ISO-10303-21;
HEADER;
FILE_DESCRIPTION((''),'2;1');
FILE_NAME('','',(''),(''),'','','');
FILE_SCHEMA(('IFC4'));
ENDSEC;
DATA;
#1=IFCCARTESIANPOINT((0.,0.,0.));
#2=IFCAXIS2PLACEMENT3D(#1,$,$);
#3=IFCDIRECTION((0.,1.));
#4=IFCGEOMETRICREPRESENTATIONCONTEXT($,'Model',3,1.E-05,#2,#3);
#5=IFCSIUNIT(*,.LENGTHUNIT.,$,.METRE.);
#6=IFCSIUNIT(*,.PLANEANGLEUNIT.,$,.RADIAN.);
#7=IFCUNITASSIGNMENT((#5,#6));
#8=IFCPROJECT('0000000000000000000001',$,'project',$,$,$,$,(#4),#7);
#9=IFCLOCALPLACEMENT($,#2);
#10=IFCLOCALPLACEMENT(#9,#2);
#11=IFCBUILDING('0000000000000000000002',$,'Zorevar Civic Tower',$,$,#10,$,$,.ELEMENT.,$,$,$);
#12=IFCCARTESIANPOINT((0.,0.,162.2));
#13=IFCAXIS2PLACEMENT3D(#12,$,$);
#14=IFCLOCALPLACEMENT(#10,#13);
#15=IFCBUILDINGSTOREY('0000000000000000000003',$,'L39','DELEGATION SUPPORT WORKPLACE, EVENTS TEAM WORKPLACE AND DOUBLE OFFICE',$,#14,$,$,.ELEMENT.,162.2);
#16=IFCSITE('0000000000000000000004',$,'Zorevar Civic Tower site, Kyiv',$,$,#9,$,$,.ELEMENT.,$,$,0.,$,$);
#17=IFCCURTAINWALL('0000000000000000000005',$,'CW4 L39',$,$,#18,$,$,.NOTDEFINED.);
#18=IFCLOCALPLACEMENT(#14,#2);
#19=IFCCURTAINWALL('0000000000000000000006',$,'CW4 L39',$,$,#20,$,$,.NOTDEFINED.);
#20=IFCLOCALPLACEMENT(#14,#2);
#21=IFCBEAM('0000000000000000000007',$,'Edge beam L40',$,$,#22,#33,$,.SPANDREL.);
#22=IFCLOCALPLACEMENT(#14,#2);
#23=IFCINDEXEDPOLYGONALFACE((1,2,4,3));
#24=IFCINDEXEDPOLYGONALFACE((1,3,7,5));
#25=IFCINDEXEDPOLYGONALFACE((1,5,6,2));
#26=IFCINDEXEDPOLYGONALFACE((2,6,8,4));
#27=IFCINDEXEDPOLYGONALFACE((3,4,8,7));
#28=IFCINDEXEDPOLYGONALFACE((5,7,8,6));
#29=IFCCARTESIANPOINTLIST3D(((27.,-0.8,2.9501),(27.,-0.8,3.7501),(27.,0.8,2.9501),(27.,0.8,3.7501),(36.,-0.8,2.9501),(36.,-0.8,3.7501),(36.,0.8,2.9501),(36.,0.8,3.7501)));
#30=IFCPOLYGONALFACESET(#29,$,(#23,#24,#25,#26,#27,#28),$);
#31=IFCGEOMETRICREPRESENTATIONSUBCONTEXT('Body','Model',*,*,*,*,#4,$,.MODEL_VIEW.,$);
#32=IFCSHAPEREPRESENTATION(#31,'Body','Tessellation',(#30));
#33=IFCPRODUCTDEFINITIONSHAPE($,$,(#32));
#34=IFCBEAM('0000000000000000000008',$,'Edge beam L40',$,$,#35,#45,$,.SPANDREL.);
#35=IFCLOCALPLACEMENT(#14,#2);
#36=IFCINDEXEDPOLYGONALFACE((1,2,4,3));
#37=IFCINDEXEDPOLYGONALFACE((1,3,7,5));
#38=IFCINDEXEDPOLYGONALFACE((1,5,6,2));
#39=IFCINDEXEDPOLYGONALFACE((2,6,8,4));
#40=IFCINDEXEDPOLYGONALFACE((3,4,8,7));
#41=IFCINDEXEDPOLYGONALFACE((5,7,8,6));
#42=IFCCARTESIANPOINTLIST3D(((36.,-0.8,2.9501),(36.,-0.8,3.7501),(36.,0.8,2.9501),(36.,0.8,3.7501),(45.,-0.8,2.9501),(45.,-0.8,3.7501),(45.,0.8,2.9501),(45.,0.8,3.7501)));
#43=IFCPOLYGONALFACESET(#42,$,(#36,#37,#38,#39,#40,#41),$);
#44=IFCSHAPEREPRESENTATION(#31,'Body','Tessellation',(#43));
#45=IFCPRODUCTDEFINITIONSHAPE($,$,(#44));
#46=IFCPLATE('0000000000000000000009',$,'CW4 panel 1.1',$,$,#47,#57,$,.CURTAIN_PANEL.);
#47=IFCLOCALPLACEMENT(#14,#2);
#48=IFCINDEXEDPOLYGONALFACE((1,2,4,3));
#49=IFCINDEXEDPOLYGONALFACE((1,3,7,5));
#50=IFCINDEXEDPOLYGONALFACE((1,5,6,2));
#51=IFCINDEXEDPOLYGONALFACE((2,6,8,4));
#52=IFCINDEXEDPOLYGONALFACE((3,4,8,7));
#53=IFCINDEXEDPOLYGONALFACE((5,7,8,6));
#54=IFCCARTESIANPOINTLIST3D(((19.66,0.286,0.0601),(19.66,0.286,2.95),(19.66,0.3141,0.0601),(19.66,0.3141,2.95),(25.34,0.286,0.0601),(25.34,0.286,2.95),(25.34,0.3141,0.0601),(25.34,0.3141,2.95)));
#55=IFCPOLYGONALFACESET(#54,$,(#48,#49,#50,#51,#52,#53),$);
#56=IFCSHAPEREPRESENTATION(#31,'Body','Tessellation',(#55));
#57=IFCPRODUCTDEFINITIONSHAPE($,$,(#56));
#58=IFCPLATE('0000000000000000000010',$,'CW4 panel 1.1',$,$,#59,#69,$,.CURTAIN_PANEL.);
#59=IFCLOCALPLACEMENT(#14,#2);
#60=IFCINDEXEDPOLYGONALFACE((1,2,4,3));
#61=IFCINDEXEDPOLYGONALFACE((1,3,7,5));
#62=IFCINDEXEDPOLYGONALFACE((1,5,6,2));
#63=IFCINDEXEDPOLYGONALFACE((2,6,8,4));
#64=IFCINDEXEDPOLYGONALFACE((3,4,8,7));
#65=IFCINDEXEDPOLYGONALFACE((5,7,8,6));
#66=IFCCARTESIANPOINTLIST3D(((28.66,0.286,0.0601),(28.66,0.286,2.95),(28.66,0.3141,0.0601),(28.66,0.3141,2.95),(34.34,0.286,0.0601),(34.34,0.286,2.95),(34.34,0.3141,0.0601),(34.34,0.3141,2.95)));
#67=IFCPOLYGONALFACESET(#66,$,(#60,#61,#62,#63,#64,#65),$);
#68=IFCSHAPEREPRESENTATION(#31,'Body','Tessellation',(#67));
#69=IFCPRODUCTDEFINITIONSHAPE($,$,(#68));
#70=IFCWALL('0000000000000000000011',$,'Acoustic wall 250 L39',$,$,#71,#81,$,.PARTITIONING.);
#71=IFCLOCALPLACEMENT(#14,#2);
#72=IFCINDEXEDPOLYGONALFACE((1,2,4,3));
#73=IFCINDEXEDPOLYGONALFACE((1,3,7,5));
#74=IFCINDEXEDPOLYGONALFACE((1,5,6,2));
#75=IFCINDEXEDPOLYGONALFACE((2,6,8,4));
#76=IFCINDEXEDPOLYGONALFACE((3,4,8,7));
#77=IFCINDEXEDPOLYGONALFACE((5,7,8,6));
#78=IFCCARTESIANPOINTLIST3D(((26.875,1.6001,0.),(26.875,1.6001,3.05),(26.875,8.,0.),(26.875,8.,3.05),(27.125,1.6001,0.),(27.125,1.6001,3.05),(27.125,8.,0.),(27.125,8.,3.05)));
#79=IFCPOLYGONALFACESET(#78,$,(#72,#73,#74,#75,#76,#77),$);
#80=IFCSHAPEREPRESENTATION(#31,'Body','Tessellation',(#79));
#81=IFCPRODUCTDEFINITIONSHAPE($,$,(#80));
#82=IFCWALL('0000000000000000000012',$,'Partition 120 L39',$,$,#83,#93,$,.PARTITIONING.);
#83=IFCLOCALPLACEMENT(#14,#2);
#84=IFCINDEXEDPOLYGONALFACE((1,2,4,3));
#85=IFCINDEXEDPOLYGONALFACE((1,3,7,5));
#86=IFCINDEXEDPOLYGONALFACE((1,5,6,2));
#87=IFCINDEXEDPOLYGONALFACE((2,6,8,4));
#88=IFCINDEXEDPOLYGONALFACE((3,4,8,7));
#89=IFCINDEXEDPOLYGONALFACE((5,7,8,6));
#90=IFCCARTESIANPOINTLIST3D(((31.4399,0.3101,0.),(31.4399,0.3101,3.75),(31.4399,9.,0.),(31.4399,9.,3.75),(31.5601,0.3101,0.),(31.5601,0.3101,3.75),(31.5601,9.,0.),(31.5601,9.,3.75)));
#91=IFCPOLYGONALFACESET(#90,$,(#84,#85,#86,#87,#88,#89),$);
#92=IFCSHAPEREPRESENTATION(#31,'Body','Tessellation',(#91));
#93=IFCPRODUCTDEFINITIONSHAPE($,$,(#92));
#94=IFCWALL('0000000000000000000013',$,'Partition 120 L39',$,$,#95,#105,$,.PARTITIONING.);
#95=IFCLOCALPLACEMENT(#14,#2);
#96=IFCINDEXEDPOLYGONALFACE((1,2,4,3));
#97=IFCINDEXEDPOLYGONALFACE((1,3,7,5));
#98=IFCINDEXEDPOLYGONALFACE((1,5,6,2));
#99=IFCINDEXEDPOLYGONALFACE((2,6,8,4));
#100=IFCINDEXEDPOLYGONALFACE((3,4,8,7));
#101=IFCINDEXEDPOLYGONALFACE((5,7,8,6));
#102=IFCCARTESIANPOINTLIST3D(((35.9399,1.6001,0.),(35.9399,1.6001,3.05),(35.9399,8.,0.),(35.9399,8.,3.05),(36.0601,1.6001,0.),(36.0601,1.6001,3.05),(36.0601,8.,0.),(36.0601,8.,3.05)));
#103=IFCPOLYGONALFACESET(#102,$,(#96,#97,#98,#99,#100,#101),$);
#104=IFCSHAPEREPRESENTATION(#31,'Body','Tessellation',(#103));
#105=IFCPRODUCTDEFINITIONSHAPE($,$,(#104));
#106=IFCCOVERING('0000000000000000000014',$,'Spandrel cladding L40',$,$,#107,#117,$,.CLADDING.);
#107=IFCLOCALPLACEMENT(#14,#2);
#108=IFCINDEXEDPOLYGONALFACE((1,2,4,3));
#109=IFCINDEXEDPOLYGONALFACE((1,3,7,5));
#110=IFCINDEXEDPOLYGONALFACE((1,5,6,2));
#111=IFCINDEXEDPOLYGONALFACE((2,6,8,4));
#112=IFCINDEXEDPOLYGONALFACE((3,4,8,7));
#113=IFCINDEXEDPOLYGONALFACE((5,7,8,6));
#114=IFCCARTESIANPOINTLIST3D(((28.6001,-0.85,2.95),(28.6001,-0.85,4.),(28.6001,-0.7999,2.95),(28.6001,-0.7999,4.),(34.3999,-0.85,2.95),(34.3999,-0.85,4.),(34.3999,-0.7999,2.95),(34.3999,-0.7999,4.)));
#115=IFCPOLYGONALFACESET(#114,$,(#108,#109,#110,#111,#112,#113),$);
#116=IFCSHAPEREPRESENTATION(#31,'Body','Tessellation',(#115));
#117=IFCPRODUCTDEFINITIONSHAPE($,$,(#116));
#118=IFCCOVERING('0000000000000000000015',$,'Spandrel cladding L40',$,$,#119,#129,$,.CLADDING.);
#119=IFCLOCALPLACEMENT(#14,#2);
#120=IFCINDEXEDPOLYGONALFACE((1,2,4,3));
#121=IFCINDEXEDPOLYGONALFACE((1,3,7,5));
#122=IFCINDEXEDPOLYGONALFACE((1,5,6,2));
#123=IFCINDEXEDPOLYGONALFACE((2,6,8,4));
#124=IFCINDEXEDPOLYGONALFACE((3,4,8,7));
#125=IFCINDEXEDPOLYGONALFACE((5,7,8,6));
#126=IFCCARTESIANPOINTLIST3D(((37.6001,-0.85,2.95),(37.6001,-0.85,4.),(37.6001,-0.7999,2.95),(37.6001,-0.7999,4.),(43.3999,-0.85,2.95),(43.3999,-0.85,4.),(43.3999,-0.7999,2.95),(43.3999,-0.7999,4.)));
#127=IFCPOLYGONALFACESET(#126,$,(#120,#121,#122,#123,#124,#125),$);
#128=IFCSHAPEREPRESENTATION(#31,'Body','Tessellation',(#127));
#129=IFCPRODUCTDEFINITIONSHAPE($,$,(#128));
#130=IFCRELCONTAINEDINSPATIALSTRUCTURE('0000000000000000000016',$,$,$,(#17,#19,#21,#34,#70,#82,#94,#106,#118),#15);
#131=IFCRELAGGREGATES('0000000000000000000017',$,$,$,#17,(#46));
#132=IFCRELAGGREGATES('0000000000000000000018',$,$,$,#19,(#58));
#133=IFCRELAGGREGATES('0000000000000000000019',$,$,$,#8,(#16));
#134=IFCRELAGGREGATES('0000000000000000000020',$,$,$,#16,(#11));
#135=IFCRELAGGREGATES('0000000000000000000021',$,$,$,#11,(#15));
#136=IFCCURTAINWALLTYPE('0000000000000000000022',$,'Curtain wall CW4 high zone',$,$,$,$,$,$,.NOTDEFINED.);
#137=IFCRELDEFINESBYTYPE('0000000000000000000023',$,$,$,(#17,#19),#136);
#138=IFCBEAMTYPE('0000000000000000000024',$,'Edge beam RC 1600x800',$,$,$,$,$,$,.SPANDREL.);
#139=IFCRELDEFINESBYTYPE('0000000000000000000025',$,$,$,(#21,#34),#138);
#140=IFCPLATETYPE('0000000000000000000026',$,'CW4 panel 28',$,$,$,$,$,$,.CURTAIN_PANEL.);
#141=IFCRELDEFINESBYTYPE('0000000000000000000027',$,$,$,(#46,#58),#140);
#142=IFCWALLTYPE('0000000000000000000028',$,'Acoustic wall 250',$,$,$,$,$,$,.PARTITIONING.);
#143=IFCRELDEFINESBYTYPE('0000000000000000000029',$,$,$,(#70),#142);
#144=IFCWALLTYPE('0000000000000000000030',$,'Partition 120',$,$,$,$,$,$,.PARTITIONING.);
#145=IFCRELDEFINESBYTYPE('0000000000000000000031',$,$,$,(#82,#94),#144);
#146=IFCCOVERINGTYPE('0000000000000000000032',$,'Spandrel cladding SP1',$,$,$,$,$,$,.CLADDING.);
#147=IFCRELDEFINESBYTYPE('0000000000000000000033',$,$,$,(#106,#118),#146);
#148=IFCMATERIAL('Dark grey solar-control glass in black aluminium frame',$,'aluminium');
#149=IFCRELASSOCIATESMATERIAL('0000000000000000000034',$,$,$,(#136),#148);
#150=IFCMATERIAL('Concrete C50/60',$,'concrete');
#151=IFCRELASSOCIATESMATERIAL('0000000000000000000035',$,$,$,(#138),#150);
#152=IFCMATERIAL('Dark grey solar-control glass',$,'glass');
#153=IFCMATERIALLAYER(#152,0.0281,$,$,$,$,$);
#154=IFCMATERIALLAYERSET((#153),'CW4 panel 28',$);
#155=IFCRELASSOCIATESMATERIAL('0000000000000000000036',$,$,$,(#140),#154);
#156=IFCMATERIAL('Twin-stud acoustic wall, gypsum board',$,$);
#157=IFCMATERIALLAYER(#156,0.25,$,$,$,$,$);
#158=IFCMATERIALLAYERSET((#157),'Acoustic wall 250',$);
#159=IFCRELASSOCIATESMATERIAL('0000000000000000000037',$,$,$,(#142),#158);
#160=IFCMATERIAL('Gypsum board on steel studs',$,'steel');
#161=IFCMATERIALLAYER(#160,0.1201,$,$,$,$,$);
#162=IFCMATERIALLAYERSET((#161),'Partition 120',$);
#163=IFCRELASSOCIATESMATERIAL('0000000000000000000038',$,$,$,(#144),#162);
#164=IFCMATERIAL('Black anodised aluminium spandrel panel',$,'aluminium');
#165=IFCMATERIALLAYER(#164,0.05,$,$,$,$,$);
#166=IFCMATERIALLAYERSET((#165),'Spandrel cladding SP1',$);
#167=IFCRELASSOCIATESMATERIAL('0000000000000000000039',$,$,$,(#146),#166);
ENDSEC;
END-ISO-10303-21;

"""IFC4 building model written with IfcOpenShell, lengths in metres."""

from ifc_helpers import new_model, si_unit, direction, frame, frame_2d, origin, origin_2d, place, context, subcontext, project, spatial, rectangle, extrude, material, layer, layer_set, material_profile, profile_set, type_object, element, aggregate, save


model = new_model("IFC4")

# Units and contexts
model_context = context("Model", 3, precision=1e-05, world=origin(), true_north=direction((0.0, 1.0)))
body_context = subcontext(model_context, "Body", "Model", "MODEL_VIEW")
ifc_project = project(units=[si_unit("LENGTHUNIT", "METRE"), si_unit("PLANEANGLEUNIT", "RADIAN")], contexts=[model_context])

# Site, building, storey
site_placement = place(None, origin())
site = spatial("IfcSite", under=ifc_project, at=site_placement, Name="Zorevar Civic Tower site, Kyiv", CompositionType="ELEMENT", RefElevation=0.0)
building_placement = place(site_placement, origin())
building = spatial("IfcBuilding", under=site, at=building_placement, Name="Zorevar Civic Tower", CompositionType="ELEMENT")
storey_placement = place(building_placement, frame((0.0, 0.0, 162.2)))
storey = spatial("IfcBuildingStorey", under=building, at=storey_placement, Name="L39", Description="DELEGATION SUPPORT WORKPLACE, EVENTS TEAM WORKPLACE AND DOUBLE OFFICE", CompositionType="ELEMENT", Elevation=162.2)

# Curtain walls
ifc_material_1 = material(Name="Dark grey solar-control glass in black aluminium frame", Category="aluminium")
curtain_wall_type = type_object("IfcCurtainWallType", Name="Curtain wall CW4 high zone", PredefinedType="NOTDEFINED", material=ifc_material_1)
curtain_wall_1_placement = place(storey_placement, origin())
curtain_wall_1 = element("IfcCurtainWall", 1, at=curtain_wall_1_placement, inside=storey, type_object=curtain_wall_type, Name="CW4 L39", PredefinedType="NOTDEFINED")
curtain_wall_2_placement = place(storey_placement, origin())
curtain_wall_2 = element("IfcCurtainWall", 2, at=curtain_wall_2_placement, inside=storey, type_object=curtain_wall_type, Name="CW4 L39", PredefinedType="NOTDEFINED")

# Beams
ifc_material_2 = material(Name="Concrete C50/60", Category="concrete")
ifc_material_profile_1 = material_profile(ifc_material_2, rectangle(XDim=1.6001, YDim=0.8, at=origin_2d()), Name="RC 1600x800")
ifc_profile_set_1 = profile_set([ifc_material_profile_1], Name="Concrete C50/60")
beam_type_1 = type_object("IfcBeamType", Name="Edge beam RC 1600x800", PredefinedType="SPANDREL", material=ifc_profile_set_1)
for number, where, z_axis, x_axis, name in (
    (3, (27.0, 0.0, 3.3501), (1.0, 0.0, 0.0), (0.0, 1.0, 0.0), "Edge beam L40"),
    (4, (36.0, 0.0, 3.3501), (1.0, 0.0, 0.0), (0.0, 1.0, 0.0), "Edge beam L40"),
):
    element("IfcBeam", number, at=place(storey_placement, frame(where, z_axis=z_axis, x_axis=x_axis)), inside=storey, type_object=beam_type_1, Name=name, PredefinedType="SPANDREL", context=body_context, shape_type="SweptSolid", body=[
        extrude(rectangle(XDim=1.6001, YDim=0.8, at=origin_2d()), origin(), (0.0, 0.0, 1.0), 9.0),
    ])

# Plates
ifc_material_3 = material(Name="Dark grey solar-control glass", Category="glass")
ifc_layer_1 = layer(ifc_material_3, 0.0281)
ifc_layer_set_1 = layer_set([ifc_layer_1], Name="CW4 panel 28")
plate_type = type_object("IfcPlateType", Name="CW4 panel 28", PredefinedType="CURTAIN_PANEL", material=ifc_layer_set_1)
plate_1_placement = place(storey_placement, frame((22.5, 0.3, 0.0601), z_axis=(0.0, 0.0, 1.0), x_axis=(1.0, 0.0, 0.0)))
plate_1 = element("IfcPlate", 5, at=plate_1_placement, type_object=plate_type, Name="CW4 panel 1.1", PredefinedType="CURTAIN_PANEL", context=body_context, shape_type="SweptSolid", body=[
    extrude(rectangle(XDim=5.6799, YDim=0.0281, at=origin_2d()), origin(), (0.0, 0.0, 1.0), 2.8899),
])
aggregate(curtain_wall_1, [plate_1])
plate_2_placement = place(storey_placement, frame((31.5, 0.3, 0.0601), z_axis=(0.0, 0.0, 1.0), x_axis=(1.0, 0.0, 0.0)))
plate_2 = element("IfcPlate", 6, at=plate_2_placement, type_object=plate_type, Name="CW4 panel 1.1", PredefinedType="CURTAIN_PANEL", context=body_context, shape_type="SweptSolid", body=[
    extrude(rectangle(XDim=5.6799, YDim=0.0281, at=origin_2d()), origin(), (0.0, 0.0, 1.0), 2.8899),
])
aggregate(curtain_wall_2, [plate_2])

# Walls
ifc_material_4 = material(Name="Twin-stud acoustic wall, gypsum board")
ifc_layer_2 = layer(ifc_material_4, 0.25)
ifc_layer_set_2 = layer_set([ifc_layer_2], Name="Acoustic wall 250")
wall_type_1 = type_object("IfcWallType", Name="Acoustic wall 250", PredefinedType="PARTITIONING", material=ifc_layer_set_2)
wall_1_placement = place(storey_placement, frame((27.0, 1.6001, 0.0), z_axis=(0.0, 0.0, 1.0), x_axis=(0.0, 1.0, 0.0)))
element("IfcWall", 7, at=wall_1_placement, inside=storey, type_object=wall_type_1, Name="Acoustic wall 250 L39", PredefinedType="PARTITIONING", context=body_context, shape_type="SweptSolid", body=[
    extrude(rectangle(XDim=6.3999, YDim=0.25, at=frame_2d((3.2, 0.0))), origin(), (0.0, 0.0, 1.0), 3.05),
])
ifc_material_5 = material(Name="Gypsum board on steel studs", Category="steel")
ifc_layer_3 = layer(ifc_material_5, 0.1201)
ifc_layer_set_3 = layer_set([ifc_layer_3], Name="Partition 120")
wall_type_2 = type_object("IfcWallType", Name="Partition 120", PredefinedType="PARTITIONING", material=ifc_layer_set_3)
wall_2_placement = place(storey_placement, frame((31.5, 0.3101, 0.0), z_axis=(0.0, 0.0, 1.0), x_axis=(0.0, 1.0, 0.0)))
element("IfcWall", 8, at=wall_2_placement, inside=storey, type_object=wall_type_2, Name="Partition 120 L39", PredefinedType="PARTITIONING", context=body_context, shape_type="SweptSolid", body=[
    extrude(rectangle(XDim=8.6899, YDim=0.1201, at=frame_2d((4.345, 0.0))), origin(), (0.0, 0.0, 1.0), 3.75),
])
wall_3_placement = place(storey_placement, frame((36.0, 1.6001, 0.0), z_axis=(0.0, 0.0, 1.0), x_axis=(0.0, 1.0, 0.0)))
element("IfcWall", 9, at=wall_3_placement, inside=storey, type_object=wall_type_2, Name="Partition 120 L39", PredefinedType="PARTITIONING", context=body_context, shape_type="SweptSolid", body=[
    extrude(rectangle(XDim=6.3999, YDim=0.1201, at=frame_2d((3.2, 0.0))), origin(), (0.0, 0.0, 1.0), 3.05),
])

# Coverings
ifc_material_6 = material(Name="Black anodised aluminium spandrel panel", Category="aluminium")
ifc_layer_4 = layer(ifc_material_6, 0.05)
ifc_layer_set_4 = layer_set([ifc_layer_4], Name="Spandrel cladding SP1")
covering_type = type_object("IfcCoveringType", Name="Spandrel cladding SP1", PredefinedType="CLADDING", material=ifc_layer_set_4)
for number, where, z_axis, x_axis, name in (
    (10, (28.6001, -0.825, 2.95), (0.0, 0.0, 1.0), (1.0, 0.0, 0.0), "Spandrel cladding L40"),
    (11, (37.6001, -0.825, 2.95), (0.0, 0.0, 1.0), (1.0, 0.0, 0.0), "Spandrel cladding L40"),
):
    element("IfcCovering", number, at=place(storey_placement, frame(where, z_axis=z_axis, x_axis=x_axis)), inside=storey, type_object=covering_type, Name=name, PredefinedType="CLADDING", context=body_context, shape_type="SweptSolid", body=[
        extrude(rectangle(XDim=5.7998, YDim=0.05, at=frame_2d((2.8999, 0.0))), origin(), (0.0, 0.0, 1.0), 1.05),
    ])

save(model, "model.ifc")
